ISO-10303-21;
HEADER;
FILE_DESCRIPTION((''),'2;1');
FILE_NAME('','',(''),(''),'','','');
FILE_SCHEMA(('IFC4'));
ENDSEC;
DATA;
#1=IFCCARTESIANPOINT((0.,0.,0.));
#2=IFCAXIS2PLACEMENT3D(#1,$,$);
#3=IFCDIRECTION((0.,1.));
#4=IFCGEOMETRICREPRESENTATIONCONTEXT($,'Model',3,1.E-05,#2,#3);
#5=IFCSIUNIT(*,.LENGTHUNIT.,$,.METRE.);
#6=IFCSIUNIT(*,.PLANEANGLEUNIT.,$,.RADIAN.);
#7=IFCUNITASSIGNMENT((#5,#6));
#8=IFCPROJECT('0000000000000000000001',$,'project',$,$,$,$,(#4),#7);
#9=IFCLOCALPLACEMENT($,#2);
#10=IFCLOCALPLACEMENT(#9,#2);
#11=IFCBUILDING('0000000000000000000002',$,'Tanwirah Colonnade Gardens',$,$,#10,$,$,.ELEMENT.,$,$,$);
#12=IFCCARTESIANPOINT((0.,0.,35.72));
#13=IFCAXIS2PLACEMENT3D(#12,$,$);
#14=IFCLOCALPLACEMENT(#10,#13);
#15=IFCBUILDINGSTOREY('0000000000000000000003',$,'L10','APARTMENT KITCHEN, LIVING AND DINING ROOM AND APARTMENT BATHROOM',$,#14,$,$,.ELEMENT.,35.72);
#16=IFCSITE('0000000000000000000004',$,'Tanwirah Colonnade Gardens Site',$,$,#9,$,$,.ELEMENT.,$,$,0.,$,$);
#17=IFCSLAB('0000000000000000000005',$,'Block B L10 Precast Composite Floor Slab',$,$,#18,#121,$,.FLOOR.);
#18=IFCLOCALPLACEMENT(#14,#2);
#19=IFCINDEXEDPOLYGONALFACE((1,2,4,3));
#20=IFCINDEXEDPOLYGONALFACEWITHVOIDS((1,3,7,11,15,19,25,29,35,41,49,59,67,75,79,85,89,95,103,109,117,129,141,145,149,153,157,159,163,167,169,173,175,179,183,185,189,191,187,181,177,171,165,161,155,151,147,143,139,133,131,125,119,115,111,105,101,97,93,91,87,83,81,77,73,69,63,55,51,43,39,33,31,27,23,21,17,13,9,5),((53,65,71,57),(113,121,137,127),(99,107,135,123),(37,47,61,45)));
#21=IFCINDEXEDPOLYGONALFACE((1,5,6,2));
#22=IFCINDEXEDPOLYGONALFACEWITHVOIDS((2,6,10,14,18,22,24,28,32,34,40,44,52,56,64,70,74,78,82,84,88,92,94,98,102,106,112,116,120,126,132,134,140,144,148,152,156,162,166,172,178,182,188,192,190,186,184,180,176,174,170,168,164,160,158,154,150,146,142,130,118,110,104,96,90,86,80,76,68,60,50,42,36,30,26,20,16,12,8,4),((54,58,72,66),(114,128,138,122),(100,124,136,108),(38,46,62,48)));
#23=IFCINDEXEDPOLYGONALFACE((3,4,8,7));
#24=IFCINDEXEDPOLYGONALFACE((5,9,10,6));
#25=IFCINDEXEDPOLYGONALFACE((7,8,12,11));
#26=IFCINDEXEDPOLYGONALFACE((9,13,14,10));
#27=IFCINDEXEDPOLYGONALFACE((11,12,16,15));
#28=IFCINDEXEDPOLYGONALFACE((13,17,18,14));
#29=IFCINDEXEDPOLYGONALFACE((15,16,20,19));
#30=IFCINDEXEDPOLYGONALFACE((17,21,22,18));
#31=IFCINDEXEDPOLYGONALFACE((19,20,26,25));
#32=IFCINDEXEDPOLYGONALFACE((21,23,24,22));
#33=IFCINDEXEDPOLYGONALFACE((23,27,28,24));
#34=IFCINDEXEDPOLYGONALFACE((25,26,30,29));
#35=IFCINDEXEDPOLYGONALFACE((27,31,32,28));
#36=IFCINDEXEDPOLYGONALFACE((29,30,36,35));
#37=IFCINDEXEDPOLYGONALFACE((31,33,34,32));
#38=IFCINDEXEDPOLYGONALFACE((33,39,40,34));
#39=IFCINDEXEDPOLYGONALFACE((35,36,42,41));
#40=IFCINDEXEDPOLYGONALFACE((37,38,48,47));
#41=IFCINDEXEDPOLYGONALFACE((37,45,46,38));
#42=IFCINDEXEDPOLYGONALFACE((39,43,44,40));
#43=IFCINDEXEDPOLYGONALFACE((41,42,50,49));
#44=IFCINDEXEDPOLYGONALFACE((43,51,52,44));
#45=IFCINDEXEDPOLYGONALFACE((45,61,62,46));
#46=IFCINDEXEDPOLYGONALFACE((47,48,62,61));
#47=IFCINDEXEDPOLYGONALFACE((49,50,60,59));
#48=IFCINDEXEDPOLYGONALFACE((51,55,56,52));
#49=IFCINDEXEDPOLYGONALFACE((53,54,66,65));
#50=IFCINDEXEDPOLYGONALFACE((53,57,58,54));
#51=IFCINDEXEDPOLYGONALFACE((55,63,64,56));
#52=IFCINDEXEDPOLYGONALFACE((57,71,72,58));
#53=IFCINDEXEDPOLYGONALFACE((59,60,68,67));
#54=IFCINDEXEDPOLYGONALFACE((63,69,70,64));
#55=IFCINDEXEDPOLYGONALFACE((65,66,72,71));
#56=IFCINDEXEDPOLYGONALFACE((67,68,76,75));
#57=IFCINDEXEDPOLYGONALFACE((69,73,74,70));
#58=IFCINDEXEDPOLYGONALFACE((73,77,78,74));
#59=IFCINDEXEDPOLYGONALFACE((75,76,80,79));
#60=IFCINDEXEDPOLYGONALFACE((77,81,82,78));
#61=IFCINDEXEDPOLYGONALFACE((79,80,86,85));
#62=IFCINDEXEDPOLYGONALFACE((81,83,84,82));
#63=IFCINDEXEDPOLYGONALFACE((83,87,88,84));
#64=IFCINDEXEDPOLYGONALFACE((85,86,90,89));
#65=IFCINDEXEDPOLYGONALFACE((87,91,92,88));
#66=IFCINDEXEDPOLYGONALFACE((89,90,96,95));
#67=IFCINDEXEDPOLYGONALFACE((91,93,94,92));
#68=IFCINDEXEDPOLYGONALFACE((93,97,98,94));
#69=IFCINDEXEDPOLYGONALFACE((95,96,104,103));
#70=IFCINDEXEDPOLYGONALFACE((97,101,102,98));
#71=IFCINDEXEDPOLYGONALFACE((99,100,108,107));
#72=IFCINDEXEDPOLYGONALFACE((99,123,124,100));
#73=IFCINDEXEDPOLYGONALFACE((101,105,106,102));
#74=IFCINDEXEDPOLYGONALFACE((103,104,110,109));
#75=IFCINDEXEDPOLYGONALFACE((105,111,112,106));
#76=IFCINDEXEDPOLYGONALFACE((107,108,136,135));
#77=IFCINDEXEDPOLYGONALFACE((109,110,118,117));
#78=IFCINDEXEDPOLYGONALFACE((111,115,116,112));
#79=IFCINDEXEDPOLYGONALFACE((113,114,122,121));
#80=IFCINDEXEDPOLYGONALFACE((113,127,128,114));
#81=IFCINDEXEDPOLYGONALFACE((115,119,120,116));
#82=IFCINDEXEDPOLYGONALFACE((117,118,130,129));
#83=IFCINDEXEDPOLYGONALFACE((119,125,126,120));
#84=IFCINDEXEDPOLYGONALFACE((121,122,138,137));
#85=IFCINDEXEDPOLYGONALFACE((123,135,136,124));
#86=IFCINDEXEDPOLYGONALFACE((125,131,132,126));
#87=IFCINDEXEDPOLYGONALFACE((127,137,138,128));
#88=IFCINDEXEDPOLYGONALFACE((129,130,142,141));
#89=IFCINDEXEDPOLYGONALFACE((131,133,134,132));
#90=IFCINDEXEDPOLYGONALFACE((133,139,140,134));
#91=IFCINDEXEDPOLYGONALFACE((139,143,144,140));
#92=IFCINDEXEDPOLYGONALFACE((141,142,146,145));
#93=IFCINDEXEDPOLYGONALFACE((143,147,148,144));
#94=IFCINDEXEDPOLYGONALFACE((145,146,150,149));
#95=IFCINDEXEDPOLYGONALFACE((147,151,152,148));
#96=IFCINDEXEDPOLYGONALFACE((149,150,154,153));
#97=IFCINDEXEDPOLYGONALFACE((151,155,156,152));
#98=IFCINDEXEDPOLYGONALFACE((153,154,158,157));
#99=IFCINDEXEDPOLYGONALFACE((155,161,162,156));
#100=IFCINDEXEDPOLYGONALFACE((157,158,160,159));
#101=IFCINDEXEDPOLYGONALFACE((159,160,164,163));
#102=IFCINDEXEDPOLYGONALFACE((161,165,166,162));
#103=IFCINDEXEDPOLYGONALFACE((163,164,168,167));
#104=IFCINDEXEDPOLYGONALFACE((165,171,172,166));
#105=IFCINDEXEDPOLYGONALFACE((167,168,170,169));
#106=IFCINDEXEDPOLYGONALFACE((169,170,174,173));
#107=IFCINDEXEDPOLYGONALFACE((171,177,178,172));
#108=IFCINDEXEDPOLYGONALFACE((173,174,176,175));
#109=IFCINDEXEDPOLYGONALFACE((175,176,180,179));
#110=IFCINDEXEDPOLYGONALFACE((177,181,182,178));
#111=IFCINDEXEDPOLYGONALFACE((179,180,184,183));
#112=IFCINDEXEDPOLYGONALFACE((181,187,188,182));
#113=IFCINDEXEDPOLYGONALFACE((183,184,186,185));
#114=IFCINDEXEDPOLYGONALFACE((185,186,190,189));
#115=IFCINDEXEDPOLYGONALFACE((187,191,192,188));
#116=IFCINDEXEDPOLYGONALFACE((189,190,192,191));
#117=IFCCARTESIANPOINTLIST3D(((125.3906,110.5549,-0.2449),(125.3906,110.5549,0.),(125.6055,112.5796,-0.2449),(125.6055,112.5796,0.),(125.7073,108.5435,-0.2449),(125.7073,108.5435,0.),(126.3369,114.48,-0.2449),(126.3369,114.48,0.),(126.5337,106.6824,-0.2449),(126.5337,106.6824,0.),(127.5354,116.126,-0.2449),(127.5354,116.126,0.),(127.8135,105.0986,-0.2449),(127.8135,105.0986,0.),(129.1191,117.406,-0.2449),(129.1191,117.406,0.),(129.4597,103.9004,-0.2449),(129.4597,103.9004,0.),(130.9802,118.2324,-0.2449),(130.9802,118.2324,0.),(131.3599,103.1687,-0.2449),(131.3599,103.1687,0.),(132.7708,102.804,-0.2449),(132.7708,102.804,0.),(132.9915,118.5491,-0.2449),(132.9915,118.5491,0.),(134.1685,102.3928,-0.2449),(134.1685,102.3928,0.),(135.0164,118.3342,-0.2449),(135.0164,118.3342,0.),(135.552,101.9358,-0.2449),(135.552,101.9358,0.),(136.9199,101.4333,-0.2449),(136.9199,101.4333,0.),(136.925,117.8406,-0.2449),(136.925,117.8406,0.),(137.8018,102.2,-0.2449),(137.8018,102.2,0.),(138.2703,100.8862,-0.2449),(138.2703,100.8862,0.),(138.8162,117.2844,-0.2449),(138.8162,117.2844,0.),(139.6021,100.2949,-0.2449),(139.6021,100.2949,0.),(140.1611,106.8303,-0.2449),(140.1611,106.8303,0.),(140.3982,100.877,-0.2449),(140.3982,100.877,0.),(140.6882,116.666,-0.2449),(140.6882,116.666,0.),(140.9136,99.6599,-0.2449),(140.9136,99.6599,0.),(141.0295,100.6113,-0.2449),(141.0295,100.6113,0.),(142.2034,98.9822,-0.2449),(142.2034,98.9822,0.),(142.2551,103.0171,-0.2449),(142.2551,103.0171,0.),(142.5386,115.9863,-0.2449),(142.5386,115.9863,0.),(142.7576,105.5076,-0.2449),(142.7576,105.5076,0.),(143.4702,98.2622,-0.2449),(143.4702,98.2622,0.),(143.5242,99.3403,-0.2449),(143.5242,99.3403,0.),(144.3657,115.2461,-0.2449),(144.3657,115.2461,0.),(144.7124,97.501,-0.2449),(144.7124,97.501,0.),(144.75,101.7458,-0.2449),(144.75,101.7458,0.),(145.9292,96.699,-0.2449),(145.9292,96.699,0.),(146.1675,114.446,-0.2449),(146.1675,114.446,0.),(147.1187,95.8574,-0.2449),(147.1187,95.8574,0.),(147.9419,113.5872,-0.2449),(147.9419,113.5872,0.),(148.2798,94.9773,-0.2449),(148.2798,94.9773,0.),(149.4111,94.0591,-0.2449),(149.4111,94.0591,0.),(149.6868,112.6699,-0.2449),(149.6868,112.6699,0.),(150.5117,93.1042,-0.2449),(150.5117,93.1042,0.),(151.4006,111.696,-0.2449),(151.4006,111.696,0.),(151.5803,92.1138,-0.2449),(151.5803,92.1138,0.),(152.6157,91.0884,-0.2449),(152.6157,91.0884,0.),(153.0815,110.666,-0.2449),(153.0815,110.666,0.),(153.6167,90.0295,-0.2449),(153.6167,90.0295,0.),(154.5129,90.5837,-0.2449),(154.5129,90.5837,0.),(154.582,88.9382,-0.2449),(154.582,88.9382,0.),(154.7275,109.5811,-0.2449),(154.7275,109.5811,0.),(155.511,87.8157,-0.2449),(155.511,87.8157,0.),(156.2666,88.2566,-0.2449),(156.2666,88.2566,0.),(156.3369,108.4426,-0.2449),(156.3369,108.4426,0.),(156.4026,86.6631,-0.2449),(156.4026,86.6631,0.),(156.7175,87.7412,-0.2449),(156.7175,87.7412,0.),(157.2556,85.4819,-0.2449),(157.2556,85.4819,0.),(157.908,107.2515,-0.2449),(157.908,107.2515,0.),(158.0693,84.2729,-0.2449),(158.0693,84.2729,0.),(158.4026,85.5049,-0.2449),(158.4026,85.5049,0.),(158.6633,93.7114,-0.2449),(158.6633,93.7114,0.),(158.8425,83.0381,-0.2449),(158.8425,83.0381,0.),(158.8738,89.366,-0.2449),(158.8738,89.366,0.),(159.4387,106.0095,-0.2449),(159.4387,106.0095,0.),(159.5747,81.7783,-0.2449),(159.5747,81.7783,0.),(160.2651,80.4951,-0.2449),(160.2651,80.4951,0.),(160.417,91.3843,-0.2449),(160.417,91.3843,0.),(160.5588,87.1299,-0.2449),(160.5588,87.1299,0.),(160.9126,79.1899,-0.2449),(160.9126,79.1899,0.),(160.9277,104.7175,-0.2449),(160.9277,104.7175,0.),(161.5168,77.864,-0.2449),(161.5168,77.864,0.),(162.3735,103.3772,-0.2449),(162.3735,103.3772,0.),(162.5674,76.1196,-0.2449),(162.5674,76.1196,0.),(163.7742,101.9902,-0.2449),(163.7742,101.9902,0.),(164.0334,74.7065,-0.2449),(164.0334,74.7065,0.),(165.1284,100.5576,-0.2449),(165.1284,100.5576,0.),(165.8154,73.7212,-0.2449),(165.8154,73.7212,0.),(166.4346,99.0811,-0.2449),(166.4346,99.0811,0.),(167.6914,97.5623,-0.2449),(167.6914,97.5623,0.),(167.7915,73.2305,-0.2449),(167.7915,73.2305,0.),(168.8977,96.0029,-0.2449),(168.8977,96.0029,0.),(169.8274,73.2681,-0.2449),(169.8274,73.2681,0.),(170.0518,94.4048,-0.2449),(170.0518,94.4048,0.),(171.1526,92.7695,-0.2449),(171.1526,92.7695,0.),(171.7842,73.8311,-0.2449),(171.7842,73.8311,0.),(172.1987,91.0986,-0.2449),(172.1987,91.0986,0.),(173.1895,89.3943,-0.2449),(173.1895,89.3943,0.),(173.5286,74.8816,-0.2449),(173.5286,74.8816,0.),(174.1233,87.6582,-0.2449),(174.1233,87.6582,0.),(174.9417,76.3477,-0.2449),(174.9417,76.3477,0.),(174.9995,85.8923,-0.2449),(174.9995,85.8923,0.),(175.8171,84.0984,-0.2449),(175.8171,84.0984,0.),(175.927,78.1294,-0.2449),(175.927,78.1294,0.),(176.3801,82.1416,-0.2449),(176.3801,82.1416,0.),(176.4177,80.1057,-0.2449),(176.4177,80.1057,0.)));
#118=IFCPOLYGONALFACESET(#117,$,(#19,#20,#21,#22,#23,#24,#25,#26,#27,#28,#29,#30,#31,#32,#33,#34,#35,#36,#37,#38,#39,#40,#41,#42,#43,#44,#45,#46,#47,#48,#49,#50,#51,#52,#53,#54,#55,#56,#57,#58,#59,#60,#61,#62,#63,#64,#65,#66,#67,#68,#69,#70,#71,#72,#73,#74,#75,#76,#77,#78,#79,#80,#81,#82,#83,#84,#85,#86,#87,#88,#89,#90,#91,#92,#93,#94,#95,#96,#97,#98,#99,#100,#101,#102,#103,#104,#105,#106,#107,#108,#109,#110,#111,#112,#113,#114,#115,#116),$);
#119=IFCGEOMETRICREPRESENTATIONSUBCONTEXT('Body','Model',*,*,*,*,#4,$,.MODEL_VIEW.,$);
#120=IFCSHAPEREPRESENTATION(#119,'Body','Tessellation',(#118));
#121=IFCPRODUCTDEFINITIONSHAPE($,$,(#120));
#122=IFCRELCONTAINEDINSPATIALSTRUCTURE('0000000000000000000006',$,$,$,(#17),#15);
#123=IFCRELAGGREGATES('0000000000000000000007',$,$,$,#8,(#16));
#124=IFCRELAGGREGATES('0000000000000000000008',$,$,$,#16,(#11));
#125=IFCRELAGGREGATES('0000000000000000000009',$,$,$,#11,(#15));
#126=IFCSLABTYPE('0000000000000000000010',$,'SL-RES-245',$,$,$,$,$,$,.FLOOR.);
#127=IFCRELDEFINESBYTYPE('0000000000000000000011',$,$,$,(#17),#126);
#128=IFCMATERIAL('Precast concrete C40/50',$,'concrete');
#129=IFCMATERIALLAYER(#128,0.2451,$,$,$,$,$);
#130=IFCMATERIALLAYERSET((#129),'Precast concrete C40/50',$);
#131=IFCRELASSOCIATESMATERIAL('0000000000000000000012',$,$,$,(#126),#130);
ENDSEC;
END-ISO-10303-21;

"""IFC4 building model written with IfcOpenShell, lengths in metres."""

from ifc_helpers import new_model, si_unit, direction, frame, origin, place, context, subcontext, project, spatial, polyline, outline, extrude, material, layer, layer_set, type_object, element, save


model = new_model("IFC4")

# Units and contexts
model_context = context("Model", 3, precision=1e-05, world=origin(), true_north=direction((0.0, 1.0)))
body_context = subcontext(model_context, "Body", "Model", "MODEL_VIEW")
ifc_project = project(units=[si_unit("LENGTHUNIT", "METRE"), si_unit("PLANEANGLEUNIT", "RADIAN")], contexts=[model_context])

# Site, building, storey
site_placement = place(None, origin())
site = spatial("IfcSite", under=ifc_project, at=site_placement, Name="Tanwirah Colonnade Gardens Site", CompositionType="ELEMENT", RefElevation=0.0)
building_placement = place(site_placement, origin())
building = spatial("IfcBuilding", under=site, at=building_placement, Name="Tanwirah Colonnade Gardens", CompositionType="ELEMENT")
storey_placement = place(building_placement, frame((0.0, 0.0, 35.72)))
storey = spatial("IfcBuildingStorey", under=building, at=storey_placement, Name="L10", Description="APARTMENT KITCHEN, LIVING AND DINING ROOM AND APARTMENT BATHROOM", CompositionType="ELEMENT", Elevation=35.72)

# Shared definitions
ifc_material_1 = material(Name="Precast concrete C40/50", Category="concrete")

# Slab
ifc_layer_1 = layer(ifc_material_1, 0.2451)
ifc_layer_set_1 = layer_set([ifc_layer_1], Name="Precast concrete C40/50")
slab_type_1 = type_object("IfcSlabType", Name="SL-RES-245", PredefinedType="FLOOR", material=ifc_layer_set_1)
slab_1_placement = place(storey_placement, frame((0.0, 0.0, -0.2449)))
element("IfcSlab", 1, at=slab_1_placement, inside=storey, type_object=slab_type_1, Name="Block B L10 Precast Composite Floor Slab", PredefinedType="FLOOR", context=body_context, shape_type="SweptSolid", body=[
    extrude(outline(polyline([(160.2651, 80.4951), (160.9126, 79.1899), (161.5168, 77.864), (162.5674, 76.1196), (164.0334, 74.7065), (165.8154, 73.7212), (167.7915, 73.2305), (169.8274, 73.2681), (171.7842, 73.8311), (173.5286, 74.8816), (174.9417, 76.3477), (175.927, 78.1294), (176.4177, 80.1057), (176.3801, 82.1416), (175.8171, 84.0984), (174.9995, 85.8923), (174.1233, 87.6582), (173.1895, 89.3943), (172.1987, 91.0986), (171.1526, 92.7695), (170.0518, 94.4048), (168.8977, 96.0029), (167.6914, 97.5623), (166.4346, 99.0811), (165.1284, 100.5576), (163.7742, 101.9902), (162.3735, 103.3772), (160.9277, 104.7175), (159.4387, 106.0095), (157.908, 107.2515), (156.3369, 108.4426), (154.7275, 109.5811), (153.0815, 110.666), (151.4006, 111.696), (149.6868, 112.6699), (147.9419, 113.5872), (146.1675, 114.446), (144.3657, 115.2461), (142.5386, 115.9863), (140.6882, 116.666), (138.8162, 117.2844), (136.925, 117.8406), (135.0164, 118.3342), (132.9915, 118.5491), (130.9802, 118.2324), (129.1191, 117.406), (127.5354, 116.126), (126.3369, 114.48), (125.6055, 112.5796), (125.3906, 110.5549), (125.7073, 108.5435), (126.5337, 106.6824), (127.8135, 105.0986), (129.4597, 103.9004), (131.3599, 103.1687), (132.7708, 102.804), (134.1685, 102.3928), (135.552, 101.9358), (136.9199, 101.4333), (138.2703, 100.8862), (139.6021, 100.2949), (140.9136, 99.6599), (142.2034, 98.9822), (143.4702, 98.2622), (144.7124, 97.501), (145.9292, 96.699), (147.1187, 95.8574), (148.2798, 94.9773), (149.4111, 94.0591), (150.5117, 93.1042), (151.5803, 92.1138), (152.6157, 91.0884), (153.6167, 90.0295), (154.582, 88.9382), (155.511, 87.8157), (156.4026, 86.6631), (157.2556, 85.4819), (158.0693, 84.2729), (158.8425, 83.0381), (159.5747, 81.7783), (160.2651, 80.4951)]), holes=[polyline([(160.417, 91.3843), (156.2666, 88.2566), (154.5129, 90.5837), (158.6633, 93.7114), (160.417, 91.3843)]), polyline([(158.4026, 85.5049), (156.7175, 87.7412), (158.8738, 89.366), (160.5588, 87.1299), (158.4026, 85.5049)]), polyline([(137.8018, 102.2), (140.1611, 106.8303), (142.7576, 105.5076), (140.3982, 100.877), (137.8018, 102.2)]), polyline([(142.2551, 103.0171), (144.75, 101.7458), (143.5242, 99.3403), (141.0295, 100.6113), (142.2551, 103.0171)])]), origin(), (0.0, 0.0, 1.0), 0.2449),
])

save(model, "model.ifc")
